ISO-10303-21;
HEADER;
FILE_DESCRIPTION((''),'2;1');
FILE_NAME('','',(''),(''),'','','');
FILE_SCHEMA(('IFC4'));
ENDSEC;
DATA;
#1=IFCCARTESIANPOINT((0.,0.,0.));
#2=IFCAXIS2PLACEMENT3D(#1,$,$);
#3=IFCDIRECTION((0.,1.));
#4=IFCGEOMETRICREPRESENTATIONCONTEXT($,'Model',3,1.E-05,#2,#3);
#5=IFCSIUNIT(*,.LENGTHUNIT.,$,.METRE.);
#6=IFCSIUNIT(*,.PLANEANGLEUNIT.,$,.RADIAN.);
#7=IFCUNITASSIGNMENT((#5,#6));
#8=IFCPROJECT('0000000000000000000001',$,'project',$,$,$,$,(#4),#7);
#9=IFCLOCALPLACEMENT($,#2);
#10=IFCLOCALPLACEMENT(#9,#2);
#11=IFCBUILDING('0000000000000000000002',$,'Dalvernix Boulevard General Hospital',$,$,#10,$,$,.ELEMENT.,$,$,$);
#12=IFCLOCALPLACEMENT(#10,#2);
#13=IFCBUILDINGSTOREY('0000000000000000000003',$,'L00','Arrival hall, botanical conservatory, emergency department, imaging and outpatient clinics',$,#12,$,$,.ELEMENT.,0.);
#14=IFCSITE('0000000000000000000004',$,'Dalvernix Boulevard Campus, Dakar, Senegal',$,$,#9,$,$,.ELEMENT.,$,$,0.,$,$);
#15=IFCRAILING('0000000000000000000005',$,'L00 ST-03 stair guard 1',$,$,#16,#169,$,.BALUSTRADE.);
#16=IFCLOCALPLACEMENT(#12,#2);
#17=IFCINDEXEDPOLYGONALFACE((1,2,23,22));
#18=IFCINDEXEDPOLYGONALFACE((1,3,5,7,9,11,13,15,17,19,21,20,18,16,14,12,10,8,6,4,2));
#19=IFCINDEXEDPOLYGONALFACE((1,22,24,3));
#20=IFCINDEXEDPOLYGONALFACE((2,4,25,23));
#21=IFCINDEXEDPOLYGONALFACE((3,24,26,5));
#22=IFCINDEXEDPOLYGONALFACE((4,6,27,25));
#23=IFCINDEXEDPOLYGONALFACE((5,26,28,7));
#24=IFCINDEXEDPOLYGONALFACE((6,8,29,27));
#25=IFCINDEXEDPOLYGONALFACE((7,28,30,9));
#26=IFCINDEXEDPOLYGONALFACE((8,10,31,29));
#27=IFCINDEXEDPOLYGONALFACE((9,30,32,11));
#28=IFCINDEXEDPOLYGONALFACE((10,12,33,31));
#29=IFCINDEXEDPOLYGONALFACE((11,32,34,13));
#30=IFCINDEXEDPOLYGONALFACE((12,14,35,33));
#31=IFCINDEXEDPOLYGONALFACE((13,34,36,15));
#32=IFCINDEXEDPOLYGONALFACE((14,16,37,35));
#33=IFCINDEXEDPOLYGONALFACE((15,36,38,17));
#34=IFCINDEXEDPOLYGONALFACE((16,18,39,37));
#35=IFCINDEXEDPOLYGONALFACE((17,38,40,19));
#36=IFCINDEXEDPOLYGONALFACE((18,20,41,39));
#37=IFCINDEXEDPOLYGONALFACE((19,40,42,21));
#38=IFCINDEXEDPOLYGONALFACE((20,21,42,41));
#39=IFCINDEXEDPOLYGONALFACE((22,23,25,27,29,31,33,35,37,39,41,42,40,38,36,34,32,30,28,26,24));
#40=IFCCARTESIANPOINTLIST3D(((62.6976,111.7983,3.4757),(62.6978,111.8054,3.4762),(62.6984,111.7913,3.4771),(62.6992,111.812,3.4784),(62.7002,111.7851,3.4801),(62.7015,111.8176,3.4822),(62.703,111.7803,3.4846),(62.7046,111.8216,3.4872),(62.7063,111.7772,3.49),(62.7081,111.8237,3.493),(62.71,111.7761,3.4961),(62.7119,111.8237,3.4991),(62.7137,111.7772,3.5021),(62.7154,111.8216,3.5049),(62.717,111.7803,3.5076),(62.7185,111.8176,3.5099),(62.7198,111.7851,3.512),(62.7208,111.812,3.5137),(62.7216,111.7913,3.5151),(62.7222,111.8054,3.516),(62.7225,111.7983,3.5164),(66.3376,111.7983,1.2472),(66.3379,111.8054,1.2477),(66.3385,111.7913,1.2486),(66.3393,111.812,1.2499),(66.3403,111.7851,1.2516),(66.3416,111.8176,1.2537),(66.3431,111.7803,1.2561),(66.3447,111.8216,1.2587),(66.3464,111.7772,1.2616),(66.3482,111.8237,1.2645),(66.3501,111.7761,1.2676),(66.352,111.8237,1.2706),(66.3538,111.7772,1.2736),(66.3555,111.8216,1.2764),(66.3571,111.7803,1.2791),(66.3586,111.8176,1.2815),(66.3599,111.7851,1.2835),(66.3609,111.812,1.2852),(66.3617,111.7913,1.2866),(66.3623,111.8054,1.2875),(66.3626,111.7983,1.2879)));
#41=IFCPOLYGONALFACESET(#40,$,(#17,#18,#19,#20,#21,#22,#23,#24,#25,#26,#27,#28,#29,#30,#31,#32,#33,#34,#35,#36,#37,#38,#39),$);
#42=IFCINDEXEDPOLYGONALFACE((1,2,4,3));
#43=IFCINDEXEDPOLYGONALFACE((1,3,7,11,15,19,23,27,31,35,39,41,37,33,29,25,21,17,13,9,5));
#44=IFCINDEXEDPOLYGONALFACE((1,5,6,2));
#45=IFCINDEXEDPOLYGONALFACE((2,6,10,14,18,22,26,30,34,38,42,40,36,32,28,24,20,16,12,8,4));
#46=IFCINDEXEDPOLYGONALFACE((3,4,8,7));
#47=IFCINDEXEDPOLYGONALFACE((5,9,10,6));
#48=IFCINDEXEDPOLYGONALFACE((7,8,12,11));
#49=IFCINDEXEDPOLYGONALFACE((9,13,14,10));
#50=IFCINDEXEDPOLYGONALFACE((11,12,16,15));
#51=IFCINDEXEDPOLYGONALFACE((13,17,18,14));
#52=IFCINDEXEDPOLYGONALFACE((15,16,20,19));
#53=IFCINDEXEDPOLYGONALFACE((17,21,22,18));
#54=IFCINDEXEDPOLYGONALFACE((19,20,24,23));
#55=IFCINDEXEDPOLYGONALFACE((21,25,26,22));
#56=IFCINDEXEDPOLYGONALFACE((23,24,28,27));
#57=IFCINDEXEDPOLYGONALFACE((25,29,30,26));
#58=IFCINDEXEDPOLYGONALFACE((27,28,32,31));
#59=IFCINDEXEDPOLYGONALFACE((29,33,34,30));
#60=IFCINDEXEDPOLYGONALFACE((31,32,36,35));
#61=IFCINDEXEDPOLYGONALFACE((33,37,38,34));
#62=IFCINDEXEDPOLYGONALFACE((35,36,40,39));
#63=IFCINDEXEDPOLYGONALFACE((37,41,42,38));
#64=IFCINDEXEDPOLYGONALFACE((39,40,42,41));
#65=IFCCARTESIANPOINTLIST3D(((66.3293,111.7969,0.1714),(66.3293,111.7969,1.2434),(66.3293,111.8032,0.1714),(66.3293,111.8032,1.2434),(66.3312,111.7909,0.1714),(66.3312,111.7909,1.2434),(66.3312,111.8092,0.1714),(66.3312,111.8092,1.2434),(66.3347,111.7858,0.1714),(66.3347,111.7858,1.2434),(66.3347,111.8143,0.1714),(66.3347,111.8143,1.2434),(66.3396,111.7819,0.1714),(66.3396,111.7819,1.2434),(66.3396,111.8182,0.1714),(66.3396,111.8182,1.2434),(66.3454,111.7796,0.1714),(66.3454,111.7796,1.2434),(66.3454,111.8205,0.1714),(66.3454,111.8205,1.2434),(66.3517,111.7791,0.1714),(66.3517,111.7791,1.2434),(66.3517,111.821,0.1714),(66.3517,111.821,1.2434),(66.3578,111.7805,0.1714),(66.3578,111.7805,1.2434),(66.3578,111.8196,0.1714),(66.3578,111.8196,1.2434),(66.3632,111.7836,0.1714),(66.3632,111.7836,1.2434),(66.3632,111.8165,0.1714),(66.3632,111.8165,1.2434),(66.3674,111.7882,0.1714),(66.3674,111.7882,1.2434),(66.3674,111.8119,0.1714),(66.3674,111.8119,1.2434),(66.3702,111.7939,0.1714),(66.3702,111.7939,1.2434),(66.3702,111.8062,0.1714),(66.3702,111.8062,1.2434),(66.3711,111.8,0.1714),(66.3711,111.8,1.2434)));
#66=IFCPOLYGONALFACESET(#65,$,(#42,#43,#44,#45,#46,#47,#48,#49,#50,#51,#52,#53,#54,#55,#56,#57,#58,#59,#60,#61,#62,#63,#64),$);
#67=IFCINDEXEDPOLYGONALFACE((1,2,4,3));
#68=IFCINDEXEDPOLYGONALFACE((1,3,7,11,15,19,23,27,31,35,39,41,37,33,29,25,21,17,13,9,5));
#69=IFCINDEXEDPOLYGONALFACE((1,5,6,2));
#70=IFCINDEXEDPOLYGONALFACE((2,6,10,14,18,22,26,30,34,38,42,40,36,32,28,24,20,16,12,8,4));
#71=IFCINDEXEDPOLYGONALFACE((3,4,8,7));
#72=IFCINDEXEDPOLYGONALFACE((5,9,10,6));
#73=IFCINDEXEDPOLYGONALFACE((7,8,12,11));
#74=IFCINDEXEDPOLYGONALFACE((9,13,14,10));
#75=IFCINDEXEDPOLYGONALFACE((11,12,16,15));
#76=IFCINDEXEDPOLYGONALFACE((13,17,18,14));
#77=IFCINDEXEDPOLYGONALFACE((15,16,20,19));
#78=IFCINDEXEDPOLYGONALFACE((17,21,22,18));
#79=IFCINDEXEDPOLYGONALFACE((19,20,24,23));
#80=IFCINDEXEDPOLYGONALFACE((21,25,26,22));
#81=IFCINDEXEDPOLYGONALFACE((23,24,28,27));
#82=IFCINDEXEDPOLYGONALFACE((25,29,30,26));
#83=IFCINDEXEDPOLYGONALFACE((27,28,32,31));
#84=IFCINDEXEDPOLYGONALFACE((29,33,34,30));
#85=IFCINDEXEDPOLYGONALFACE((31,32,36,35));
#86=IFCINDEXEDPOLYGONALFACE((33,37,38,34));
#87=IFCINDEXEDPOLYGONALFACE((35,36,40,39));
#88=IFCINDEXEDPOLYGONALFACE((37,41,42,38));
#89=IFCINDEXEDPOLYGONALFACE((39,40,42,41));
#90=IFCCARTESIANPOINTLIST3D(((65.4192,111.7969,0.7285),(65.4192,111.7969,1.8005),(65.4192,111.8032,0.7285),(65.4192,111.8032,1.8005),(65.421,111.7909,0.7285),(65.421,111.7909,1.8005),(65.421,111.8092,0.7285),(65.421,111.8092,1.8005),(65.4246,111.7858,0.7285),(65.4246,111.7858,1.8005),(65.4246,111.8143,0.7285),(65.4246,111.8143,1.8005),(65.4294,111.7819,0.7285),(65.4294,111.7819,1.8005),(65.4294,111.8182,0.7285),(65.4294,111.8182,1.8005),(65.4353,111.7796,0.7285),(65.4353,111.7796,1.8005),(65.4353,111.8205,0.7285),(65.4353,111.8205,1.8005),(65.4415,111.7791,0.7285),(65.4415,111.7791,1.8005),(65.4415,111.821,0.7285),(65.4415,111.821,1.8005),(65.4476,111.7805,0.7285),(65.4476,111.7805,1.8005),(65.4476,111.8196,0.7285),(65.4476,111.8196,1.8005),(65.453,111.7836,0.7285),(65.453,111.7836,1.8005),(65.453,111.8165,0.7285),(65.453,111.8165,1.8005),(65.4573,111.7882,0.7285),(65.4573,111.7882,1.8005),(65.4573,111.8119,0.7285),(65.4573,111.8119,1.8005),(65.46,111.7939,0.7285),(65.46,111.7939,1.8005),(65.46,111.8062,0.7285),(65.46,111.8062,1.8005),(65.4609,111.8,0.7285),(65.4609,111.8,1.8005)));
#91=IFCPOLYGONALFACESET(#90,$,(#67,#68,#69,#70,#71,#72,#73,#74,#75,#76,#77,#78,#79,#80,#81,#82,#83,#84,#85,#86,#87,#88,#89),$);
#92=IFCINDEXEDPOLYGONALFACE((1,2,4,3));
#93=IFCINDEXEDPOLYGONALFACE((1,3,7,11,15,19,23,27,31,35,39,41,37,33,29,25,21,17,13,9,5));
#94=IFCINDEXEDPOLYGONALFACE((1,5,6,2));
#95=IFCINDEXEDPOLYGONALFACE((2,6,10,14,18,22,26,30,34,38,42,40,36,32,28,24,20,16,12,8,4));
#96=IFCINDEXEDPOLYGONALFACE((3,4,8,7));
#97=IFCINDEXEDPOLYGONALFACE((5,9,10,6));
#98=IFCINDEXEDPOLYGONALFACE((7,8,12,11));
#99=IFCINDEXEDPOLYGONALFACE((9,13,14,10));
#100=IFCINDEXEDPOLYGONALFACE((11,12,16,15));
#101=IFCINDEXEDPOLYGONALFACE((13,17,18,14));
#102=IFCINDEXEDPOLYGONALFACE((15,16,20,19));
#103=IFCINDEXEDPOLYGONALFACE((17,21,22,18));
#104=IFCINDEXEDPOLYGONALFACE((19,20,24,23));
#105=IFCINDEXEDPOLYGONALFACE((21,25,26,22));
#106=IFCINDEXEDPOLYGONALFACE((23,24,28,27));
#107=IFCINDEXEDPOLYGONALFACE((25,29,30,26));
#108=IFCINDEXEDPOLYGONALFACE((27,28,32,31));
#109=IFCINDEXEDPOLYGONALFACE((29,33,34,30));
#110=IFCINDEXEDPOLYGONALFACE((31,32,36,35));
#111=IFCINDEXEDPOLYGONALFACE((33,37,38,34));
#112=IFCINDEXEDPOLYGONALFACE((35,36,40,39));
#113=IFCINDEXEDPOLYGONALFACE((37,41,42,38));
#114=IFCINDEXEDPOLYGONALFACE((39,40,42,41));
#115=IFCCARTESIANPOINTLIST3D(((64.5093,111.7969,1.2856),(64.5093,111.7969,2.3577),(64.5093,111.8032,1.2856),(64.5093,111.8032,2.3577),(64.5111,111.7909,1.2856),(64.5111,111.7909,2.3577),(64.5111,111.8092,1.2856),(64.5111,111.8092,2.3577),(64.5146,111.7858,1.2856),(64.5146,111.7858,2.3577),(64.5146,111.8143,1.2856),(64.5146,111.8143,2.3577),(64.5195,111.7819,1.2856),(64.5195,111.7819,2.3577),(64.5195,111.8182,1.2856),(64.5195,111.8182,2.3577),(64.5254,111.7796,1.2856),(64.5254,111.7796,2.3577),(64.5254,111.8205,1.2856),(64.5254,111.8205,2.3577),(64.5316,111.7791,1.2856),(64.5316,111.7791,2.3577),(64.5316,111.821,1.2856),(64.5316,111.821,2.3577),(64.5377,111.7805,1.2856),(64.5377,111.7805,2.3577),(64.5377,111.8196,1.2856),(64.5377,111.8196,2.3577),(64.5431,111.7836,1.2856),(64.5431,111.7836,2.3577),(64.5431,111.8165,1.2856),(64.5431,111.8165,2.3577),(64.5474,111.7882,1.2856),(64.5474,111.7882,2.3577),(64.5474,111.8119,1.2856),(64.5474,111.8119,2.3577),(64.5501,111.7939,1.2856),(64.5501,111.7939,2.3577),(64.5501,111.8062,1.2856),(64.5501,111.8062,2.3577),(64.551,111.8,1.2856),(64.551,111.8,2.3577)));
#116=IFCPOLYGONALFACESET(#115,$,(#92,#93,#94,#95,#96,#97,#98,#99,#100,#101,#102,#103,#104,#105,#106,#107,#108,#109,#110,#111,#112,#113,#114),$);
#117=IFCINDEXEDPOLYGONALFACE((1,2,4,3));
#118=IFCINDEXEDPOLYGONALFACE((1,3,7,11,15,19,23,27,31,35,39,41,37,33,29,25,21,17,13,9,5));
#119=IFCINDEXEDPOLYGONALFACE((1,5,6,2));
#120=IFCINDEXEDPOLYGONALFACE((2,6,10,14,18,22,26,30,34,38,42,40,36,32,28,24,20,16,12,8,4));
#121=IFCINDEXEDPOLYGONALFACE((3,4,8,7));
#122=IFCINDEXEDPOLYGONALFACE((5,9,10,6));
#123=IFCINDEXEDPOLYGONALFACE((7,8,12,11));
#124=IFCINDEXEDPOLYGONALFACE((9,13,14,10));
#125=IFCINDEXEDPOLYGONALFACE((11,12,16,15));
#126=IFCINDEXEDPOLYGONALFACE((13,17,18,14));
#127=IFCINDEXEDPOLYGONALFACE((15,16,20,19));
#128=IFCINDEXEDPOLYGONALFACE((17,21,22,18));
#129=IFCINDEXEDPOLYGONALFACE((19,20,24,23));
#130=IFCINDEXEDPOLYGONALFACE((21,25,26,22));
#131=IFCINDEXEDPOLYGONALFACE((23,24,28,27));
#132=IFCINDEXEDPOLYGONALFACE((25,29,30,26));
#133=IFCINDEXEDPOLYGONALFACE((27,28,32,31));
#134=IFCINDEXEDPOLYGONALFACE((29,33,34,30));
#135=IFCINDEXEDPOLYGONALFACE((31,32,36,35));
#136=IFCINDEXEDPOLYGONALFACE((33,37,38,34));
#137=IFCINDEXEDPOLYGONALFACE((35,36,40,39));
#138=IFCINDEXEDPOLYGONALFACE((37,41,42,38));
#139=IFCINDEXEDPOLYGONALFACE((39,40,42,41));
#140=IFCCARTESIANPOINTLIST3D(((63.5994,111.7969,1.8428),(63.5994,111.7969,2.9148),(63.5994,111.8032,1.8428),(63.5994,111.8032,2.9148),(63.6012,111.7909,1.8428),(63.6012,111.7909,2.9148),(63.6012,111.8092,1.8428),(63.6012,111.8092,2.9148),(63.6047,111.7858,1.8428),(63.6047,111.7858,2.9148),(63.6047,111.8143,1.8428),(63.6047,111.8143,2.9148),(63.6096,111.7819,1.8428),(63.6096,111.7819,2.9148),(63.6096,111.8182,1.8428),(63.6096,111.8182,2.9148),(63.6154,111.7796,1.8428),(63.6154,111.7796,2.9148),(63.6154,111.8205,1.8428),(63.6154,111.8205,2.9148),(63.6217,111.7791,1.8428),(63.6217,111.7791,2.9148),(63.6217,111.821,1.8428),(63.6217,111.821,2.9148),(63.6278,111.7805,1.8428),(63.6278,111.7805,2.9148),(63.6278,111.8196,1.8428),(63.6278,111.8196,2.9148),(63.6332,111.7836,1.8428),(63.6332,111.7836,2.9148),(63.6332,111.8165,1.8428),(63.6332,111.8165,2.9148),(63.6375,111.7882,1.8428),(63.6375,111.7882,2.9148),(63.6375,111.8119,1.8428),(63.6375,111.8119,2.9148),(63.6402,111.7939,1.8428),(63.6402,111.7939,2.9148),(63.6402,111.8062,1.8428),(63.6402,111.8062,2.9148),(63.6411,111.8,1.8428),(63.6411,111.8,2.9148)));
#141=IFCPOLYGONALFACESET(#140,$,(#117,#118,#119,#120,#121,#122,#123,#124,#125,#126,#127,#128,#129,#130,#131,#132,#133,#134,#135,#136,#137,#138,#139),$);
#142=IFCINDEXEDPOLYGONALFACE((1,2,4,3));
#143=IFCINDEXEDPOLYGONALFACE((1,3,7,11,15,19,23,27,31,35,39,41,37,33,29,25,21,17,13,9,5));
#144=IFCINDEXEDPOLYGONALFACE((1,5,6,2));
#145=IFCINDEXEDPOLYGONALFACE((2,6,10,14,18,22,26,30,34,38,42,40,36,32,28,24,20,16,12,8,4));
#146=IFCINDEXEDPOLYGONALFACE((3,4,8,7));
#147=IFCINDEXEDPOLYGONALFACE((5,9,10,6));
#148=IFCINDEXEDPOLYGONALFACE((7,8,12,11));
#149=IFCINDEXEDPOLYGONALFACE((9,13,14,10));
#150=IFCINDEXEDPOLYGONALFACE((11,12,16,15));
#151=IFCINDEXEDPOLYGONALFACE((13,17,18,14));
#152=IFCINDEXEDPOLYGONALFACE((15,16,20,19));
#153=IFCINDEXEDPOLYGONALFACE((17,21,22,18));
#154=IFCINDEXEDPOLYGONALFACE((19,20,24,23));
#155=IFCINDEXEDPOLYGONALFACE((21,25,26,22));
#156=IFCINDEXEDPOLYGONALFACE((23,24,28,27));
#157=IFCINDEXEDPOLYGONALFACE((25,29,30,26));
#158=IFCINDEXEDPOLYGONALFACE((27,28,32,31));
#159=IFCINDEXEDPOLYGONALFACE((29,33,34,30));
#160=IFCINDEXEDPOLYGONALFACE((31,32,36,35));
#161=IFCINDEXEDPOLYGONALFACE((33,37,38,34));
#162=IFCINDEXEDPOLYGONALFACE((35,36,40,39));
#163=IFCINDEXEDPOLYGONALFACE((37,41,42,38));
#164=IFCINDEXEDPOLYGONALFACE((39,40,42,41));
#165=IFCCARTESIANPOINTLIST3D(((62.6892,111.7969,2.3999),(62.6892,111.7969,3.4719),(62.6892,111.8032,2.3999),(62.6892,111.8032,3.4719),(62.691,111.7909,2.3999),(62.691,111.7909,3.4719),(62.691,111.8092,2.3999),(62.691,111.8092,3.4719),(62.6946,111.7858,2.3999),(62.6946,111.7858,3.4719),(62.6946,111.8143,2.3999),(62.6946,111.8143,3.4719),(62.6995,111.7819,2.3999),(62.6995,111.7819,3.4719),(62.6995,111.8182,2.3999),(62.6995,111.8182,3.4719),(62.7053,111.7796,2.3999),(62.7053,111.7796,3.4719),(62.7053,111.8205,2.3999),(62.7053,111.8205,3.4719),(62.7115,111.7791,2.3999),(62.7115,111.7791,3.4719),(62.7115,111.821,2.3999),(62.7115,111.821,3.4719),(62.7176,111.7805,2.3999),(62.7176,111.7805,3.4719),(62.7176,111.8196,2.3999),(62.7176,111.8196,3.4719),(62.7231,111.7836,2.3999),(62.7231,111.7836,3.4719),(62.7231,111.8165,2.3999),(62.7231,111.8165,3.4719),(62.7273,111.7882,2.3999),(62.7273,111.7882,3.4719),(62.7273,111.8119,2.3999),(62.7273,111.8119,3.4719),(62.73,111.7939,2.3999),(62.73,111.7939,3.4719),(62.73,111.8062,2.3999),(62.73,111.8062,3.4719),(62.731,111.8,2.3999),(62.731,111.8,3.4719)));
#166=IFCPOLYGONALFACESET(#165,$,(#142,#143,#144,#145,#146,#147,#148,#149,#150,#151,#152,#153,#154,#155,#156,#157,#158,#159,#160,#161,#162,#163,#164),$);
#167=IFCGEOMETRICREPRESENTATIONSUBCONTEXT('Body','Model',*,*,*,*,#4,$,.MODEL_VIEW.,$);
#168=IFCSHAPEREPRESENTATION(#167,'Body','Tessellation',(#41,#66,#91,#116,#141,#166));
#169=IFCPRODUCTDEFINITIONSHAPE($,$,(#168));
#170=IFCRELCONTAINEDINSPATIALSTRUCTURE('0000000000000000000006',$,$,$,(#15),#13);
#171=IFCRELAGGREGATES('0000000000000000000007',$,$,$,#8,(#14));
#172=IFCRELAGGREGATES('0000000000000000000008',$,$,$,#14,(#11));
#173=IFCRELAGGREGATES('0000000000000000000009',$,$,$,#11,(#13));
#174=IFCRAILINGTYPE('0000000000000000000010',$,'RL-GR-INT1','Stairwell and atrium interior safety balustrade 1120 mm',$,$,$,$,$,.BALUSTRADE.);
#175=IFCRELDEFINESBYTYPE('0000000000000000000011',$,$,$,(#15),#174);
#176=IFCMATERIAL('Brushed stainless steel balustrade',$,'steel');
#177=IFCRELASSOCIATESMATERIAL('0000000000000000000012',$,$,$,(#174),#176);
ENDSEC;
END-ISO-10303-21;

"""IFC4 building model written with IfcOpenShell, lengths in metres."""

from ifc_helpers import new_model, si_unit, direction, frame, origin, origin_2d, place, context, subcontext, project, spatial, circle, extrude, material, type_object, element, save


model = new_model("IFC4")

# Units and contexts
model_context = context("Model", 3, precision=1e-05, world=origin(), true_north=direction((0.0, 1.0)))
body_context = subcontext(model_context, "Body", "Model", "MODEL_VIEW")
ifc_project = project(units=[si_unit("LENGTHUNIT", "METRE"), si_unit("PLANEANGLEUNIT", "RADIAN")], contexts=[model_context])

# Site, building, storey
site_placement = place(None, origin())
site = spatial("IfcSite", under=ifc_project, at=site_placement, Name="Dalvernix Boulevard Campus, Dakar, Senegal", CompositionType="ELEMENT", RefElevation=0.0)
building_placement = place(site_placement, origin())
building = spatial("IfcBuilding", under=site, at=building_placement, Name="Dalvernix Boulevard General Hospital", CompositionType="ELEMENT")
storey_placement = place(building_placement, origin())
storey = spatial("IfcBuildingStorey", under=building, at=storey_placement, Name="L00", Description="Arrival hall, botanical conservatory, emergency department, imaging and outpatient clinics", CompositionType="ELEMENT", Elevation=0.0)

# Railing
ifc_material_1 = material(Name="Brushed stainless steel balustrade", Category="steel")
railing_type_1 = type_object("IfcRailingType", Name="RL-GR-INT1", Description="Stairwell and atrium interior safety balustrade 1120 mm", PredefinedType="BALUSTRADE", material=ifc_material_1)
railing_1_placement = place(storey_placement, frame((66.3501, 111.8, 0.1714)))
element("IfcRailing", 1, at=railing_1_placement, inside=storey, type_object=railing_type_1, Name="L00 ST-03 stair guard 1", PredefinedType="BALUSTRADE", context=body_context, shape_type="SweptSolid", body=[
    extrude(circle(Radius=0.0239, at=origin_2d()), frame((0.0, 0.0, 1.0962), z_axis=(-0.852866, 0.0, 0.52213), x_axis=(0.0, -1.0, 0.0)), (0.0, 0.0, 1.0), 4.2681),
    extrude(circle(Radius=0.021, at=origin_2d()), origin(), (0.0, 0.0, 1.0), 1.072),
    extrude(circle(Radius=0.021, at=origin_2d()), frame((-0.9102, 0.0, 0.5571)), (0.0, 0.0, 1.0), 1.072),
    extrude(circle(Radius=0.021, at=origin_2d()), frame((-1.8201, 0.0, 1.1143)), (0.0, 0.0, 1.0), 1.072),
    extrude(circle(Radius=0.021, at=origin_2d()), frame((-2.73, 0.0, 1.6714)), (0.0, 0.0, 1.0), 1.072),
    extrude(circle(Radius=0.021, at=origin_2d()), frame((-3.6401, 0.0, 2.2285)), (0.0, 0.0, 1.0), 1.072),
])

save(model, "model.ifc")
